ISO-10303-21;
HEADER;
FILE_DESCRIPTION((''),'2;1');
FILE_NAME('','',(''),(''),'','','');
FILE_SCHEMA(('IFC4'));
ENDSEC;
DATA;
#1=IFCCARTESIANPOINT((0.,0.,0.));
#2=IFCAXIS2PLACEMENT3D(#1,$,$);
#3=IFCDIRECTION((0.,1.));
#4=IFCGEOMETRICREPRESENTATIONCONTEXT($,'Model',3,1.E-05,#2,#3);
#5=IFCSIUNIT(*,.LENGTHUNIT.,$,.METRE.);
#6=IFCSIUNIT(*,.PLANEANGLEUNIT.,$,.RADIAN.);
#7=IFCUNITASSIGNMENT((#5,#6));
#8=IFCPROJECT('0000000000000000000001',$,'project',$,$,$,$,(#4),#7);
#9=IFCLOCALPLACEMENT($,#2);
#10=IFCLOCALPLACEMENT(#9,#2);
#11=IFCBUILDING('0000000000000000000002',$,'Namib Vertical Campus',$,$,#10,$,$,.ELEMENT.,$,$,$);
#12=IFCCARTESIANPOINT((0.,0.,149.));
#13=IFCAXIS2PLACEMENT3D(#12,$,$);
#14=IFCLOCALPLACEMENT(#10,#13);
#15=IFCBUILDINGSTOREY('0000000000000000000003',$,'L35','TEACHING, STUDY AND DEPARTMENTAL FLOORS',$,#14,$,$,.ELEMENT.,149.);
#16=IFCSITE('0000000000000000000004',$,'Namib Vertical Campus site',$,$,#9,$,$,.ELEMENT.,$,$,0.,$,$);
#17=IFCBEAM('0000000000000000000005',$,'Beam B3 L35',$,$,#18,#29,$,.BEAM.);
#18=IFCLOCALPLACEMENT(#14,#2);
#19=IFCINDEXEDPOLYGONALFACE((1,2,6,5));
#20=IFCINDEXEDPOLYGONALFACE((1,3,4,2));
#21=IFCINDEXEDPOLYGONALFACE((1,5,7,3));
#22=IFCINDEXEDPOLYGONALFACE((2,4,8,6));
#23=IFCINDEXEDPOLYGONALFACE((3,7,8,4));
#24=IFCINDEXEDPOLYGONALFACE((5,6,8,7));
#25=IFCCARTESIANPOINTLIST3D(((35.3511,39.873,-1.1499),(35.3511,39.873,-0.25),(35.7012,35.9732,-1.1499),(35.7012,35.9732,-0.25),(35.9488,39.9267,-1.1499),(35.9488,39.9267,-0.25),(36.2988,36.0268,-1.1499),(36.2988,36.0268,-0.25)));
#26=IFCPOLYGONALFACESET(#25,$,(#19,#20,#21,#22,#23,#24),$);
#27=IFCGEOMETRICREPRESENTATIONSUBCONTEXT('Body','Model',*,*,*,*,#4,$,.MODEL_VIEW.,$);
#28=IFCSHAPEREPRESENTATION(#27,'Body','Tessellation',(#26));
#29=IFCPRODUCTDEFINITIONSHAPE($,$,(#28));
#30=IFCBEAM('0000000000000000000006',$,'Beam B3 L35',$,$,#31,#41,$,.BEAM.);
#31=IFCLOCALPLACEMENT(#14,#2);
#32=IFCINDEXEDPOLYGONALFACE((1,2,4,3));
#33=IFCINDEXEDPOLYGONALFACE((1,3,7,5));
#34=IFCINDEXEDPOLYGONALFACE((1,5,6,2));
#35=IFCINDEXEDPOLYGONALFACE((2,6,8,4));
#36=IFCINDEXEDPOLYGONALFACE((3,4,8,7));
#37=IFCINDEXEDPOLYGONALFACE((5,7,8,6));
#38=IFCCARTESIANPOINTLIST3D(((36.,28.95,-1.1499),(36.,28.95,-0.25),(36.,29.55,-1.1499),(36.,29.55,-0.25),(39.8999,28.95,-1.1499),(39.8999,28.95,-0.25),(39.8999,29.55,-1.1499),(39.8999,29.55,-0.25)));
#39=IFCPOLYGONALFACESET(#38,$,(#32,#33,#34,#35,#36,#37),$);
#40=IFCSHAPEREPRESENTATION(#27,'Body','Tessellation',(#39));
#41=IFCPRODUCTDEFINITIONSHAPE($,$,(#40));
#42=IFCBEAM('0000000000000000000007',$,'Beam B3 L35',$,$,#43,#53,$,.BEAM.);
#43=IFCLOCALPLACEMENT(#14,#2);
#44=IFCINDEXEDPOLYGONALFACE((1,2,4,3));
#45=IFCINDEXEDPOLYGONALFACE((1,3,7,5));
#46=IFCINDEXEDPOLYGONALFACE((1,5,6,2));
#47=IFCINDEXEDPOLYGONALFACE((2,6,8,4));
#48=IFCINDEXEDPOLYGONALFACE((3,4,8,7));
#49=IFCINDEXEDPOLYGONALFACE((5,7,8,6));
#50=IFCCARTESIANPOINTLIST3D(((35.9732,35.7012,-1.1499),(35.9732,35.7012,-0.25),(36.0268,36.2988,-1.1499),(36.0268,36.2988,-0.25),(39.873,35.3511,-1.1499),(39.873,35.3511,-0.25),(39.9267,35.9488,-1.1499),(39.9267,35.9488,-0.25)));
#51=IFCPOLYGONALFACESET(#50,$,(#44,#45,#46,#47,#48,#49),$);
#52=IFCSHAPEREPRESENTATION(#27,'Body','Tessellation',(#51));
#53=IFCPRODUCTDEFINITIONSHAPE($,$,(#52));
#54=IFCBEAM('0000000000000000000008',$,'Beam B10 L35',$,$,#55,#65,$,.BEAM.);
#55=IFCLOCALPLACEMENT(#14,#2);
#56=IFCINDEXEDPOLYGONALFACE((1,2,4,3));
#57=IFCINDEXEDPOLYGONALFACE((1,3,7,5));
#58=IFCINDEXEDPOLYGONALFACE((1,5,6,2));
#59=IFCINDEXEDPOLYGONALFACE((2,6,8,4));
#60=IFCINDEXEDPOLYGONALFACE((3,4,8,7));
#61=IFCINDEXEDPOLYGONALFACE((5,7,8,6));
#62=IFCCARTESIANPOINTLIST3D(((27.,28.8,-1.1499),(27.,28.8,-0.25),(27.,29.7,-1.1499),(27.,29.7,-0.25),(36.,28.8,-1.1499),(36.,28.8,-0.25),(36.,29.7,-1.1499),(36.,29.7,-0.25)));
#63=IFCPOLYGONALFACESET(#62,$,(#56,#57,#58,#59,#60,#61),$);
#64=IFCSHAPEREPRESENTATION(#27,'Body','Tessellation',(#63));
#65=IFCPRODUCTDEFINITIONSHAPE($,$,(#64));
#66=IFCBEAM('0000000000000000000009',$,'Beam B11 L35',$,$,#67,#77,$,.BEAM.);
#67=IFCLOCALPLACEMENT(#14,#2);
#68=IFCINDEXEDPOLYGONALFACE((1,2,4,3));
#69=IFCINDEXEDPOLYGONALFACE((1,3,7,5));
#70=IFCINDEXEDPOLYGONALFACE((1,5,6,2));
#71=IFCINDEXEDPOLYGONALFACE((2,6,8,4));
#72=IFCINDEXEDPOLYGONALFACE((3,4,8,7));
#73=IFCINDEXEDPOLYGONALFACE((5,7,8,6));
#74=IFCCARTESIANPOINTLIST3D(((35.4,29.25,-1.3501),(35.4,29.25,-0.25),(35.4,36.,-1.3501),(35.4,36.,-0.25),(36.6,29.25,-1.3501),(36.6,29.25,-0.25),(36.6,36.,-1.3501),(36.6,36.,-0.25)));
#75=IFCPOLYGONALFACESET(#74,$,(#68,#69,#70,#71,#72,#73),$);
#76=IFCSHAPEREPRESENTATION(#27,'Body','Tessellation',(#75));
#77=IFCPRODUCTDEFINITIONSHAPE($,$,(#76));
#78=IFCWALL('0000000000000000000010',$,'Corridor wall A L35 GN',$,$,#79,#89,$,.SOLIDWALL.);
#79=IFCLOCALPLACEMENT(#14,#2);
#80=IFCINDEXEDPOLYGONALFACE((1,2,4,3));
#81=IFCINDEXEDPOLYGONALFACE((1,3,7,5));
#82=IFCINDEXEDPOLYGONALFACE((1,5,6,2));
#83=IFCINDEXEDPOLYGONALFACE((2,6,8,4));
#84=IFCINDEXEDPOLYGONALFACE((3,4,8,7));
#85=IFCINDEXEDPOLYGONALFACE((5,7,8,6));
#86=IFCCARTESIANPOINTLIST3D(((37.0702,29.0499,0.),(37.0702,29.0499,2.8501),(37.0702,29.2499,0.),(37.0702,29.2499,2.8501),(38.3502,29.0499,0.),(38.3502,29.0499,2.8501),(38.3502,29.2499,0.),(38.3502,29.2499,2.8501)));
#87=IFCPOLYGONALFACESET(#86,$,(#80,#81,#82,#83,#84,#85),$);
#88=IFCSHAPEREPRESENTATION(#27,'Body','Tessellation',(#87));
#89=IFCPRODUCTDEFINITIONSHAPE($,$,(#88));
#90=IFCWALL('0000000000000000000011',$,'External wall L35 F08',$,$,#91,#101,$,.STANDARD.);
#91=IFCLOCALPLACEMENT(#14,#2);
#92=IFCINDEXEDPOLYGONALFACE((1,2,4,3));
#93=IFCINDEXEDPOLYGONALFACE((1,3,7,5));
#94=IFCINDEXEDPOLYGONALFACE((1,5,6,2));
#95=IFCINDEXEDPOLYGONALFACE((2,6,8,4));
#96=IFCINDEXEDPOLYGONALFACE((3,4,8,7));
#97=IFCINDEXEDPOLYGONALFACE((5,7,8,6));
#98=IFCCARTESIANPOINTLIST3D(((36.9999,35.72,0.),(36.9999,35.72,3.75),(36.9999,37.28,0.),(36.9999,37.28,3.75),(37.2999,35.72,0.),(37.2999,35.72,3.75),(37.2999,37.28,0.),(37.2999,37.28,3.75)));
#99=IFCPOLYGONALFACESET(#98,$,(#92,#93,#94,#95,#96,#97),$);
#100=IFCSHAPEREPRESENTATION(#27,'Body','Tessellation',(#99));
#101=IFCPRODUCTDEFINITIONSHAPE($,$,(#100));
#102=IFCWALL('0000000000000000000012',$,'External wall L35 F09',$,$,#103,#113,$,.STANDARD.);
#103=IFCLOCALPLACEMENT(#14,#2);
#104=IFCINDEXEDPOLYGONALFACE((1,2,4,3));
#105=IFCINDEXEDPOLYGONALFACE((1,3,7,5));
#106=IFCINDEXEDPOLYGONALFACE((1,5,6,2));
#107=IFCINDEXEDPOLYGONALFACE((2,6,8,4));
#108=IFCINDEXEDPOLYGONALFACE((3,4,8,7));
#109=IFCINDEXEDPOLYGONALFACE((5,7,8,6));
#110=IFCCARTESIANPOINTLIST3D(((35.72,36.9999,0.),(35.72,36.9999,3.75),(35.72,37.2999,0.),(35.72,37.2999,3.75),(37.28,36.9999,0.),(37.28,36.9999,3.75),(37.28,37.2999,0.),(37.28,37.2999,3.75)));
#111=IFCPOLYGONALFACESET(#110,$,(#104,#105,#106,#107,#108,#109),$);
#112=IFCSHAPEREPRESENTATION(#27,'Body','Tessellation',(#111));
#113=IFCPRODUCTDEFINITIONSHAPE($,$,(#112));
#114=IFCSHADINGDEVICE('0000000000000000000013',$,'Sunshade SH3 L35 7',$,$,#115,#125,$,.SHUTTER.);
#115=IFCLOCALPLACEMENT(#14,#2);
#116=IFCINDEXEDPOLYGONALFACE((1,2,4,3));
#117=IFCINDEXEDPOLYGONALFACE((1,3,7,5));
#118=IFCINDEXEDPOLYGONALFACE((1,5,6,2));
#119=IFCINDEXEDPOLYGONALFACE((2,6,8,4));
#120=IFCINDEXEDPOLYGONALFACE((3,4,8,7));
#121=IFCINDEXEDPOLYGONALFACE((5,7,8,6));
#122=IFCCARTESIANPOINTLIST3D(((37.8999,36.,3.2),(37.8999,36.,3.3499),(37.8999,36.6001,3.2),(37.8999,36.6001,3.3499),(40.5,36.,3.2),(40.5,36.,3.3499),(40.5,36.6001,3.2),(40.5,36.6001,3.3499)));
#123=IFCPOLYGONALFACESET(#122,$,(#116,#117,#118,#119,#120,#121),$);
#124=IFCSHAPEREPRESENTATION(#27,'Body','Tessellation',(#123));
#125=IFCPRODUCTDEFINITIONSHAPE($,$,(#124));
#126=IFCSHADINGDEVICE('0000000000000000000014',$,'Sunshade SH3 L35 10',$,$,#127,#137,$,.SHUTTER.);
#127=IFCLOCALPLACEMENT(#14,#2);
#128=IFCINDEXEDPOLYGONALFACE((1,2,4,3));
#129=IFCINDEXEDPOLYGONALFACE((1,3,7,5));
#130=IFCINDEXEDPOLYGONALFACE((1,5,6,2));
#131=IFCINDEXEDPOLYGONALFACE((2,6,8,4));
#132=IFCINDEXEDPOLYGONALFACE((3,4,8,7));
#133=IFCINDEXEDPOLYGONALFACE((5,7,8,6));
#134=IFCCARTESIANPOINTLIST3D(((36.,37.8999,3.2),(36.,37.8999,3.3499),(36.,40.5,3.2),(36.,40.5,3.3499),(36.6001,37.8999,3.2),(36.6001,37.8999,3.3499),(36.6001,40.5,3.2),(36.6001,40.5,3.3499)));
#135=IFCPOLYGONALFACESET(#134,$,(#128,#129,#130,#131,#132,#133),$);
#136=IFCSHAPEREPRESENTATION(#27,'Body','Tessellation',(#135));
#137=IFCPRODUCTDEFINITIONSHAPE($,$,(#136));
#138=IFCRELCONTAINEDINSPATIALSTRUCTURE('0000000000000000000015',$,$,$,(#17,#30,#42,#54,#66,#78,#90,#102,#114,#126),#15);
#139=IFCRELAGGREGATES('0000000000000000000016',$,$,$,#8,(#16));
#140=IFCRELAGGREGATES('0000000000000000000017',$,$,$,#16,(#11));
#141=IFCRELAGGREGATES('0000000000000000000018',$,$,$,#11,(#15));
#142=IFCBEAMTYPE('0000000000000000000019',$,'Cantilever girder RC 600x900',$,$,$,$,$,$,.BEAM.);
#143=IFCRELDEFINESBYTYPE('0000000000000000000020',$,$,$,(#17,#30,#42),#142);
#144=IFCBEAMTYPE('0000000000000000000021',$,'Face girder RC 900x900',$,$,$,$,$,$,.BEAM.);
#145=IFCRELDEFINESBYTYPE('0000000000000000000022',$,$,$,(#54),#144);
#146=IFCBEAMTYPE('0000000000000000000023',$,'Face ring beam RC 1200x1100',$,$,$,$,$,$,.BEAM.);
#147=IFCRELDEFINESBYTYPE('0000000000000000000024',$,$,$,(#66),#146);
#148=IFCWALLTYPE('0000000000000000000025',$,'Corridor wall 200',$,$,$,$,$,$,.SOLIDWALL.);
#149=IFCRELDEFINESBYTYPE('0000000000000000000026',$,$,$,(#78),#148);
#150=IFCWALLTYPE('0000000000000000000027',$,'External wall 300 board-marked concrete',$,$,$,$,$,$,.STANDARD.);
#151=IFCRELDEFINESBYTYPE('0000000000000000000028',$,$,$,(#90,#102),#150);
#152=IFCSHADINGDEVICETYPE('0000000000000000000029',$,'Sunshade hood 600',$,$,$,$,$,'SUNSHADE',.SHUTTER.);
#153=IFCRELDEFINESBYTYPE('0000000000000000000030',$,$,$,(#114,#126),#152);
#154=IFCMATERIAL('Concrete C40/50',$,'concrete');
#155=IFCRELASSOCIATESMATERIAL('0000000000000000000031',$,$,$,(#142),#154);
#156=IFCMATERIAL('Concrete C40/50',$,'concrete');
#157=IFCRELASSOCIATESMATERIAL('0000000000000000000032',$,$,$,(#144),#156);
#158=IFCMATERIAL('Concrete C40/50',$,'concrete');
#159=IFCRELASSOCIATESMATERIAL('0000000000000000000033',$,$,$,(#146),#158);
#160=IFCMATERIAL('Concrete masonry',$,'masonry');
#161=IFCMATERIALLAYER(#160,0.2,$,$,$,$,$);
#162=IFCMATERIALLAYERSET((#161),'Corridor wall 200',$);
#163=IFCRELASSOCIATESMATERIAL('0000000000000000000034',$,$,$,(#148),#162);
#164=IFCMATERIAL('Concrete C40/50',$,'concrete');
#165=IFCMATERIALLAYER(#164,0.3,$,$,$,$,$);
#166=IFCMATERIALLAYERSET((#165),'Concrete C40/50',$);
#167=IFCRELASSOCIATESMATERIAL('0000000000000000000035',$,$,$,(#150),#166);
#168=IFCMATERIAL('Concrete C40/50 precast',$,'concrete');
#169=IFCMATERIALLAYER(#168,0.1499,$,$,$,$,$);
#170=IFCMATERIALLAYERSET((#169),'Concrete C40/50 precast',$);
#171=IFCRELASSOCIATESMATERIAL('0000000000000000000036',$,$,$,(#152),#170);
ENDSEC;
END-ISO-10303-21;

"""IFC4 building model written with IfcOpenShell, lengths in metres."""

from ifc_helpers import new_model, si_unit, direction, frame, frame_2d, origin, origin_2d, place, context, subcontext, project, spatial, rectangle, extrude, material, layer, layer_set, material_profile, profile_set, type_object, element, save


model = new_model("IFC4")

# Units and contexts
model_context = context("Model", 3, precision=1e-05, world=origin(), true_north=direction((0.0, 1.0)))
body_context = subcontext(model_context, "Body", "Model", "MODEL_VIEW")
ifc_project = project(units=[si_unit("LENGTHUNIT", "METRE"), si_unit("PLANEANGLEUNIT", "RADIAN")], contexts=[model_context])

# Site, building, storey
site_placement = place(None, origin())
site = spatial("IfcSite", under=ifc_project, at=site_placement, Name="Namib Vertical Campus site", CompositionType="ELEMENT", RefElevation=0.0)
building_placement = place(site_placement, origin())
building = spatial("IfcBuilding", under=site, at=building_placement, Name="Namib Vertical Campus", CompositionType="ELEMENT")
storey_placement = place(building_placement, frame((0.0, 0.0, 149.0)))
storey = spatial("IfcBuildingStorey", under=building, at=storey_placement, Name="L35", Description="TEACHING, STUDY AND DEPARTMENTAL FLOORS", CompositionType="ELEMENT", Elevation=149.0)

# Beams
ifc_material_1 = material(Name="Concrete C40/50", Category="concrete")
ifc_material_profile_1 = material_profile(ifc_material_1, rectangle(XDim=0.6001, YDim=0.8999, at=origin_2d()))
ifc_profile_set_1 = profile_set([ifc_material_profile_1], Name="Concrete C40/50")
beam_type_1 = type_object("IfcBeamType", Name="Cantilever girder RC 600x900", PredefinedType="BEAM", material=ifc_profile_set_1)
beam_1_placement = place(storey_placement, frame((36.0, 36.0, -0.7), z_axis=(-0.089411, 0.995995, 0.0), x_axis=(-0.995995, -0.089411, 0.0)))
element("IfcBeam", 1, at=beam_1_placement, inside=storey, type_object=beam_type_1, Name="Beam B3 L35", PredefinedType="BEAM", context=body_context, shape_type="SweptSolid", body=[
    extrude(rectangle(XDim=0.6001, YDim=0.8999, at=origin_2d()), origin(), (0.0, 0.0, 1.0), 3.9155),
])
beam_2_placement = place(storey_placement, frame((36.0, 29.25, -0.7), z_axis=(1.0, 0.0, 0.0), x_axis=(0.0, 1.0, 0.0)))
element("IfcBeam", 2, at=beam_2_placement, inside=storey, type_object=beam_type_1, Name="Beam B3 L35", PredefinedType="BEAM", context=body_context, shape_type="SweptSolid", body=[
    extrude(rectangle(XDim=0.6001, YDim=0.8999, at=origin_2d()), origin(), (0.0, 0.0, 1.0), 3.8999),
])
beam_3_placement = place(storey_placement, frame((36.0, 36.0, -0.7), z_axis=(0.995995, -0.089411, 0.0), x_axis=(0.089411, 0.995995, 0.0)))
element("IfcBeam", 3, at=beam_3_placement, inside=storey, type_object=beam_type_1, Name="Beam B3 L35", PredefinedType="BEAM", context=body_context, shape_type="SweptSolid", body=[
    extrude(rectangle(XDim=0.6001, YDim=0.8999, at=origin_2d()), origin(), (0.0, 0.0, 1.0), 3.9155),
])
ifc_material_2 = material(Name="Concrete C40/50", Category="concrete")
ifc_material_profile_2 = material_profile(ifc_material_2, rectangle(XDim=0.8999, YDim=0.8999, at=origin_2d()))
ifc_profile_set_2 = profile_set([ifc_material_profile_2], Name="Concrete C40/50")
beam_type_2 = type_object("IfcBeamType", Name="Face girder RC 900x900", PredefinedType="BEAM", material=ifc_profile_set_2)
beam_4_placement = place(storey_placement, frame((36.0, 29.25, -0.7), z_axis=(-1.0, 0.0, 0.0), x_axis=(0.0, -1.0, 0.0)))
element("IfcBeam", 4, at=beam_4_placement, inside=storey, type_object=beam_type_2, Name="Beam B10 L35", PredefinedType="BEAM", context=body_context, shape_type="SweptSolid", body=[
    extrude(rectangle(XDim=0.8999, YDim=0.8999, at=origin_2d()), origin(), (0.0, 0.0, 1.0), 9.0),
])
ifc_material_3 = material(Name="Concrete C40/50", Category="concrete")
ifc_material_profile_3 = material_profile(ifc_material_3, rectangle(XDim=1.2, YDim=1.1001, at=origin_2d()))
ifc_profile_set_3 = profile_set([ifc_material_profile_3], Name="Concrete C40/50")
beam_type_3 = type_object("IfcBeamType", Name="Face ring beam RC 1200x1100", PredefinedType="BEAM", material=ifc_profile_set_3)
beam_5_placement = place(storey_placement, frame((36.0, 29.25, -0.8), z_axis=(0.0, 1.0, 0.0), x_axis=(-1.0, 0.0, 0.0)))
element("IfcBeam", 5, at=beam_5_placement, inside=storey, type_object=beam_type_3, Name="Beam B11 L35", PredefinedType="BEAM", context=body_context, shape_type="SweptSolid", body=[
    extrude(rectangle(XDim=1.2, YDim=1.1001, at=origin_2d()), origin(), (0.0, 0.0, 1.0), 6.75),
])

# Walls
ifc_material_4 = material(Name="Concrete masonry", Category="masonry")
ifc_layer_1 = layer(ifc_material_4, 0.2)
ifc_layer_set_1 = layer_set([ifc_layer_1], Name="Corridor wall 200")
wall_type_1 = type_object("IfcWallType", Name="Corridor wall 200", PredefinedType="SOLIDWALL", material=ifc_layer_set_1)
wall_placement = place(storey_placement, frame((37.0701, 29.1499, 0.0), z_axis=(0.0, 0.0, 1.0), x_axis=(1.0, 0.0, 0.0)))
element("IfcWall", 6, at=wall_placement, inside=storey, type_object=wall_type_1, Name="Corridor wall A L35 GN", PredefinedType="SOLIDWALL", context=body_context, shape_type="SweptSolid", body=[
    extrude(rectangle(XDim=1.28, YDim=0.2, at=frame_2d((0.6401, 0.0))), origin(), (0.0, 0.0, 1.0), 2.8501),
])
ifc_material_5 = material(Name="Concrete C40/50", Category="concrete")
ifc_layer_2 = layer(ifc_material_5, 0.3)
ifc_layer_set_2 = layer_set([ifc_layer_2], Name="Concrete C40/50")
wall_type_2 = type_object("IfcWallType", Name="External wall 300 board-marked concrete", PredefinedType="STANDARD", material=ifc_layer_set_2)
for number, where, z_axis, x_axis, name in (
    (7, (37.1499, 35.72, 0.0), (0.0, 0.0, 1.0), (0.0, 1.0, 0.0), "External wall L35 F08"),
    (8, (37.28, 37.1499, 0.0), (0.0, 0.0, 1.0), (-1.0, 0.0, 0.0), "External wall L35 F09"),
):
    element("IfcWall", number, at=place(storey_placement, frame(where, z_axis=z_axis, x_axis=x_axis)), inside=storey, type_object=wall_type_2, Name=name, PredefinedType="STANDARD", context=body_context, shape_type="SweptSolid", body=[
        extrude(rectangle(XDim=1.5601, YDim=0.3, at=frame_2d((0.78, 0.0))), origin(), (0.0, 0.0, 1.0), 3.75),
    ])

# Shading devices
ifc_material_6 = material(Name="Concrete C40/50 precast", Category="concrete")
ifc_layer_3 = layer(ifc_material_6, 0.1499)
ifc_layer_set_3 = layer_set([ifc_layer_3], Name="Concrete C40/50 precast")
shading_device_type = type_object("IfcShadingDeviceType", Name="Sunshade hood 600", ElementType="SUNSHADE", PredefinedType="SHUTTER", material=ifc_layer_set_3)
for number, where, z_axis, x_axis, name in (
    (9, (39.2, 36.3, 3.2), (0.0, 0.0, 1.0), (-1.0, 0.0, 0.0), "Sunshade SH3 L35 7"),
    (10, (36.3, 39.2, 3.2), (0.0, 0.0, 1.0), (0.0, 1.0, 0.0), "Sunshade SH3 L35 10"),
):
    element("IfcShadingDevice", number, at=place(storey_placement, frame(where, z_axis=z_axis, x_axis=x_axis)), inside=storey, type_object=shading_device_type, Name=name, PredefinedType="SHUTTER", context=body_context, shape_type="SweptSolid", body=[
        extrude(rectangle(XDim=2.6001, YDim=0.6001, at=origin_2d()), origin(), (0.0, 0.0, 1.0), 0.1499),
    ])

save(model, "model.ifc")
